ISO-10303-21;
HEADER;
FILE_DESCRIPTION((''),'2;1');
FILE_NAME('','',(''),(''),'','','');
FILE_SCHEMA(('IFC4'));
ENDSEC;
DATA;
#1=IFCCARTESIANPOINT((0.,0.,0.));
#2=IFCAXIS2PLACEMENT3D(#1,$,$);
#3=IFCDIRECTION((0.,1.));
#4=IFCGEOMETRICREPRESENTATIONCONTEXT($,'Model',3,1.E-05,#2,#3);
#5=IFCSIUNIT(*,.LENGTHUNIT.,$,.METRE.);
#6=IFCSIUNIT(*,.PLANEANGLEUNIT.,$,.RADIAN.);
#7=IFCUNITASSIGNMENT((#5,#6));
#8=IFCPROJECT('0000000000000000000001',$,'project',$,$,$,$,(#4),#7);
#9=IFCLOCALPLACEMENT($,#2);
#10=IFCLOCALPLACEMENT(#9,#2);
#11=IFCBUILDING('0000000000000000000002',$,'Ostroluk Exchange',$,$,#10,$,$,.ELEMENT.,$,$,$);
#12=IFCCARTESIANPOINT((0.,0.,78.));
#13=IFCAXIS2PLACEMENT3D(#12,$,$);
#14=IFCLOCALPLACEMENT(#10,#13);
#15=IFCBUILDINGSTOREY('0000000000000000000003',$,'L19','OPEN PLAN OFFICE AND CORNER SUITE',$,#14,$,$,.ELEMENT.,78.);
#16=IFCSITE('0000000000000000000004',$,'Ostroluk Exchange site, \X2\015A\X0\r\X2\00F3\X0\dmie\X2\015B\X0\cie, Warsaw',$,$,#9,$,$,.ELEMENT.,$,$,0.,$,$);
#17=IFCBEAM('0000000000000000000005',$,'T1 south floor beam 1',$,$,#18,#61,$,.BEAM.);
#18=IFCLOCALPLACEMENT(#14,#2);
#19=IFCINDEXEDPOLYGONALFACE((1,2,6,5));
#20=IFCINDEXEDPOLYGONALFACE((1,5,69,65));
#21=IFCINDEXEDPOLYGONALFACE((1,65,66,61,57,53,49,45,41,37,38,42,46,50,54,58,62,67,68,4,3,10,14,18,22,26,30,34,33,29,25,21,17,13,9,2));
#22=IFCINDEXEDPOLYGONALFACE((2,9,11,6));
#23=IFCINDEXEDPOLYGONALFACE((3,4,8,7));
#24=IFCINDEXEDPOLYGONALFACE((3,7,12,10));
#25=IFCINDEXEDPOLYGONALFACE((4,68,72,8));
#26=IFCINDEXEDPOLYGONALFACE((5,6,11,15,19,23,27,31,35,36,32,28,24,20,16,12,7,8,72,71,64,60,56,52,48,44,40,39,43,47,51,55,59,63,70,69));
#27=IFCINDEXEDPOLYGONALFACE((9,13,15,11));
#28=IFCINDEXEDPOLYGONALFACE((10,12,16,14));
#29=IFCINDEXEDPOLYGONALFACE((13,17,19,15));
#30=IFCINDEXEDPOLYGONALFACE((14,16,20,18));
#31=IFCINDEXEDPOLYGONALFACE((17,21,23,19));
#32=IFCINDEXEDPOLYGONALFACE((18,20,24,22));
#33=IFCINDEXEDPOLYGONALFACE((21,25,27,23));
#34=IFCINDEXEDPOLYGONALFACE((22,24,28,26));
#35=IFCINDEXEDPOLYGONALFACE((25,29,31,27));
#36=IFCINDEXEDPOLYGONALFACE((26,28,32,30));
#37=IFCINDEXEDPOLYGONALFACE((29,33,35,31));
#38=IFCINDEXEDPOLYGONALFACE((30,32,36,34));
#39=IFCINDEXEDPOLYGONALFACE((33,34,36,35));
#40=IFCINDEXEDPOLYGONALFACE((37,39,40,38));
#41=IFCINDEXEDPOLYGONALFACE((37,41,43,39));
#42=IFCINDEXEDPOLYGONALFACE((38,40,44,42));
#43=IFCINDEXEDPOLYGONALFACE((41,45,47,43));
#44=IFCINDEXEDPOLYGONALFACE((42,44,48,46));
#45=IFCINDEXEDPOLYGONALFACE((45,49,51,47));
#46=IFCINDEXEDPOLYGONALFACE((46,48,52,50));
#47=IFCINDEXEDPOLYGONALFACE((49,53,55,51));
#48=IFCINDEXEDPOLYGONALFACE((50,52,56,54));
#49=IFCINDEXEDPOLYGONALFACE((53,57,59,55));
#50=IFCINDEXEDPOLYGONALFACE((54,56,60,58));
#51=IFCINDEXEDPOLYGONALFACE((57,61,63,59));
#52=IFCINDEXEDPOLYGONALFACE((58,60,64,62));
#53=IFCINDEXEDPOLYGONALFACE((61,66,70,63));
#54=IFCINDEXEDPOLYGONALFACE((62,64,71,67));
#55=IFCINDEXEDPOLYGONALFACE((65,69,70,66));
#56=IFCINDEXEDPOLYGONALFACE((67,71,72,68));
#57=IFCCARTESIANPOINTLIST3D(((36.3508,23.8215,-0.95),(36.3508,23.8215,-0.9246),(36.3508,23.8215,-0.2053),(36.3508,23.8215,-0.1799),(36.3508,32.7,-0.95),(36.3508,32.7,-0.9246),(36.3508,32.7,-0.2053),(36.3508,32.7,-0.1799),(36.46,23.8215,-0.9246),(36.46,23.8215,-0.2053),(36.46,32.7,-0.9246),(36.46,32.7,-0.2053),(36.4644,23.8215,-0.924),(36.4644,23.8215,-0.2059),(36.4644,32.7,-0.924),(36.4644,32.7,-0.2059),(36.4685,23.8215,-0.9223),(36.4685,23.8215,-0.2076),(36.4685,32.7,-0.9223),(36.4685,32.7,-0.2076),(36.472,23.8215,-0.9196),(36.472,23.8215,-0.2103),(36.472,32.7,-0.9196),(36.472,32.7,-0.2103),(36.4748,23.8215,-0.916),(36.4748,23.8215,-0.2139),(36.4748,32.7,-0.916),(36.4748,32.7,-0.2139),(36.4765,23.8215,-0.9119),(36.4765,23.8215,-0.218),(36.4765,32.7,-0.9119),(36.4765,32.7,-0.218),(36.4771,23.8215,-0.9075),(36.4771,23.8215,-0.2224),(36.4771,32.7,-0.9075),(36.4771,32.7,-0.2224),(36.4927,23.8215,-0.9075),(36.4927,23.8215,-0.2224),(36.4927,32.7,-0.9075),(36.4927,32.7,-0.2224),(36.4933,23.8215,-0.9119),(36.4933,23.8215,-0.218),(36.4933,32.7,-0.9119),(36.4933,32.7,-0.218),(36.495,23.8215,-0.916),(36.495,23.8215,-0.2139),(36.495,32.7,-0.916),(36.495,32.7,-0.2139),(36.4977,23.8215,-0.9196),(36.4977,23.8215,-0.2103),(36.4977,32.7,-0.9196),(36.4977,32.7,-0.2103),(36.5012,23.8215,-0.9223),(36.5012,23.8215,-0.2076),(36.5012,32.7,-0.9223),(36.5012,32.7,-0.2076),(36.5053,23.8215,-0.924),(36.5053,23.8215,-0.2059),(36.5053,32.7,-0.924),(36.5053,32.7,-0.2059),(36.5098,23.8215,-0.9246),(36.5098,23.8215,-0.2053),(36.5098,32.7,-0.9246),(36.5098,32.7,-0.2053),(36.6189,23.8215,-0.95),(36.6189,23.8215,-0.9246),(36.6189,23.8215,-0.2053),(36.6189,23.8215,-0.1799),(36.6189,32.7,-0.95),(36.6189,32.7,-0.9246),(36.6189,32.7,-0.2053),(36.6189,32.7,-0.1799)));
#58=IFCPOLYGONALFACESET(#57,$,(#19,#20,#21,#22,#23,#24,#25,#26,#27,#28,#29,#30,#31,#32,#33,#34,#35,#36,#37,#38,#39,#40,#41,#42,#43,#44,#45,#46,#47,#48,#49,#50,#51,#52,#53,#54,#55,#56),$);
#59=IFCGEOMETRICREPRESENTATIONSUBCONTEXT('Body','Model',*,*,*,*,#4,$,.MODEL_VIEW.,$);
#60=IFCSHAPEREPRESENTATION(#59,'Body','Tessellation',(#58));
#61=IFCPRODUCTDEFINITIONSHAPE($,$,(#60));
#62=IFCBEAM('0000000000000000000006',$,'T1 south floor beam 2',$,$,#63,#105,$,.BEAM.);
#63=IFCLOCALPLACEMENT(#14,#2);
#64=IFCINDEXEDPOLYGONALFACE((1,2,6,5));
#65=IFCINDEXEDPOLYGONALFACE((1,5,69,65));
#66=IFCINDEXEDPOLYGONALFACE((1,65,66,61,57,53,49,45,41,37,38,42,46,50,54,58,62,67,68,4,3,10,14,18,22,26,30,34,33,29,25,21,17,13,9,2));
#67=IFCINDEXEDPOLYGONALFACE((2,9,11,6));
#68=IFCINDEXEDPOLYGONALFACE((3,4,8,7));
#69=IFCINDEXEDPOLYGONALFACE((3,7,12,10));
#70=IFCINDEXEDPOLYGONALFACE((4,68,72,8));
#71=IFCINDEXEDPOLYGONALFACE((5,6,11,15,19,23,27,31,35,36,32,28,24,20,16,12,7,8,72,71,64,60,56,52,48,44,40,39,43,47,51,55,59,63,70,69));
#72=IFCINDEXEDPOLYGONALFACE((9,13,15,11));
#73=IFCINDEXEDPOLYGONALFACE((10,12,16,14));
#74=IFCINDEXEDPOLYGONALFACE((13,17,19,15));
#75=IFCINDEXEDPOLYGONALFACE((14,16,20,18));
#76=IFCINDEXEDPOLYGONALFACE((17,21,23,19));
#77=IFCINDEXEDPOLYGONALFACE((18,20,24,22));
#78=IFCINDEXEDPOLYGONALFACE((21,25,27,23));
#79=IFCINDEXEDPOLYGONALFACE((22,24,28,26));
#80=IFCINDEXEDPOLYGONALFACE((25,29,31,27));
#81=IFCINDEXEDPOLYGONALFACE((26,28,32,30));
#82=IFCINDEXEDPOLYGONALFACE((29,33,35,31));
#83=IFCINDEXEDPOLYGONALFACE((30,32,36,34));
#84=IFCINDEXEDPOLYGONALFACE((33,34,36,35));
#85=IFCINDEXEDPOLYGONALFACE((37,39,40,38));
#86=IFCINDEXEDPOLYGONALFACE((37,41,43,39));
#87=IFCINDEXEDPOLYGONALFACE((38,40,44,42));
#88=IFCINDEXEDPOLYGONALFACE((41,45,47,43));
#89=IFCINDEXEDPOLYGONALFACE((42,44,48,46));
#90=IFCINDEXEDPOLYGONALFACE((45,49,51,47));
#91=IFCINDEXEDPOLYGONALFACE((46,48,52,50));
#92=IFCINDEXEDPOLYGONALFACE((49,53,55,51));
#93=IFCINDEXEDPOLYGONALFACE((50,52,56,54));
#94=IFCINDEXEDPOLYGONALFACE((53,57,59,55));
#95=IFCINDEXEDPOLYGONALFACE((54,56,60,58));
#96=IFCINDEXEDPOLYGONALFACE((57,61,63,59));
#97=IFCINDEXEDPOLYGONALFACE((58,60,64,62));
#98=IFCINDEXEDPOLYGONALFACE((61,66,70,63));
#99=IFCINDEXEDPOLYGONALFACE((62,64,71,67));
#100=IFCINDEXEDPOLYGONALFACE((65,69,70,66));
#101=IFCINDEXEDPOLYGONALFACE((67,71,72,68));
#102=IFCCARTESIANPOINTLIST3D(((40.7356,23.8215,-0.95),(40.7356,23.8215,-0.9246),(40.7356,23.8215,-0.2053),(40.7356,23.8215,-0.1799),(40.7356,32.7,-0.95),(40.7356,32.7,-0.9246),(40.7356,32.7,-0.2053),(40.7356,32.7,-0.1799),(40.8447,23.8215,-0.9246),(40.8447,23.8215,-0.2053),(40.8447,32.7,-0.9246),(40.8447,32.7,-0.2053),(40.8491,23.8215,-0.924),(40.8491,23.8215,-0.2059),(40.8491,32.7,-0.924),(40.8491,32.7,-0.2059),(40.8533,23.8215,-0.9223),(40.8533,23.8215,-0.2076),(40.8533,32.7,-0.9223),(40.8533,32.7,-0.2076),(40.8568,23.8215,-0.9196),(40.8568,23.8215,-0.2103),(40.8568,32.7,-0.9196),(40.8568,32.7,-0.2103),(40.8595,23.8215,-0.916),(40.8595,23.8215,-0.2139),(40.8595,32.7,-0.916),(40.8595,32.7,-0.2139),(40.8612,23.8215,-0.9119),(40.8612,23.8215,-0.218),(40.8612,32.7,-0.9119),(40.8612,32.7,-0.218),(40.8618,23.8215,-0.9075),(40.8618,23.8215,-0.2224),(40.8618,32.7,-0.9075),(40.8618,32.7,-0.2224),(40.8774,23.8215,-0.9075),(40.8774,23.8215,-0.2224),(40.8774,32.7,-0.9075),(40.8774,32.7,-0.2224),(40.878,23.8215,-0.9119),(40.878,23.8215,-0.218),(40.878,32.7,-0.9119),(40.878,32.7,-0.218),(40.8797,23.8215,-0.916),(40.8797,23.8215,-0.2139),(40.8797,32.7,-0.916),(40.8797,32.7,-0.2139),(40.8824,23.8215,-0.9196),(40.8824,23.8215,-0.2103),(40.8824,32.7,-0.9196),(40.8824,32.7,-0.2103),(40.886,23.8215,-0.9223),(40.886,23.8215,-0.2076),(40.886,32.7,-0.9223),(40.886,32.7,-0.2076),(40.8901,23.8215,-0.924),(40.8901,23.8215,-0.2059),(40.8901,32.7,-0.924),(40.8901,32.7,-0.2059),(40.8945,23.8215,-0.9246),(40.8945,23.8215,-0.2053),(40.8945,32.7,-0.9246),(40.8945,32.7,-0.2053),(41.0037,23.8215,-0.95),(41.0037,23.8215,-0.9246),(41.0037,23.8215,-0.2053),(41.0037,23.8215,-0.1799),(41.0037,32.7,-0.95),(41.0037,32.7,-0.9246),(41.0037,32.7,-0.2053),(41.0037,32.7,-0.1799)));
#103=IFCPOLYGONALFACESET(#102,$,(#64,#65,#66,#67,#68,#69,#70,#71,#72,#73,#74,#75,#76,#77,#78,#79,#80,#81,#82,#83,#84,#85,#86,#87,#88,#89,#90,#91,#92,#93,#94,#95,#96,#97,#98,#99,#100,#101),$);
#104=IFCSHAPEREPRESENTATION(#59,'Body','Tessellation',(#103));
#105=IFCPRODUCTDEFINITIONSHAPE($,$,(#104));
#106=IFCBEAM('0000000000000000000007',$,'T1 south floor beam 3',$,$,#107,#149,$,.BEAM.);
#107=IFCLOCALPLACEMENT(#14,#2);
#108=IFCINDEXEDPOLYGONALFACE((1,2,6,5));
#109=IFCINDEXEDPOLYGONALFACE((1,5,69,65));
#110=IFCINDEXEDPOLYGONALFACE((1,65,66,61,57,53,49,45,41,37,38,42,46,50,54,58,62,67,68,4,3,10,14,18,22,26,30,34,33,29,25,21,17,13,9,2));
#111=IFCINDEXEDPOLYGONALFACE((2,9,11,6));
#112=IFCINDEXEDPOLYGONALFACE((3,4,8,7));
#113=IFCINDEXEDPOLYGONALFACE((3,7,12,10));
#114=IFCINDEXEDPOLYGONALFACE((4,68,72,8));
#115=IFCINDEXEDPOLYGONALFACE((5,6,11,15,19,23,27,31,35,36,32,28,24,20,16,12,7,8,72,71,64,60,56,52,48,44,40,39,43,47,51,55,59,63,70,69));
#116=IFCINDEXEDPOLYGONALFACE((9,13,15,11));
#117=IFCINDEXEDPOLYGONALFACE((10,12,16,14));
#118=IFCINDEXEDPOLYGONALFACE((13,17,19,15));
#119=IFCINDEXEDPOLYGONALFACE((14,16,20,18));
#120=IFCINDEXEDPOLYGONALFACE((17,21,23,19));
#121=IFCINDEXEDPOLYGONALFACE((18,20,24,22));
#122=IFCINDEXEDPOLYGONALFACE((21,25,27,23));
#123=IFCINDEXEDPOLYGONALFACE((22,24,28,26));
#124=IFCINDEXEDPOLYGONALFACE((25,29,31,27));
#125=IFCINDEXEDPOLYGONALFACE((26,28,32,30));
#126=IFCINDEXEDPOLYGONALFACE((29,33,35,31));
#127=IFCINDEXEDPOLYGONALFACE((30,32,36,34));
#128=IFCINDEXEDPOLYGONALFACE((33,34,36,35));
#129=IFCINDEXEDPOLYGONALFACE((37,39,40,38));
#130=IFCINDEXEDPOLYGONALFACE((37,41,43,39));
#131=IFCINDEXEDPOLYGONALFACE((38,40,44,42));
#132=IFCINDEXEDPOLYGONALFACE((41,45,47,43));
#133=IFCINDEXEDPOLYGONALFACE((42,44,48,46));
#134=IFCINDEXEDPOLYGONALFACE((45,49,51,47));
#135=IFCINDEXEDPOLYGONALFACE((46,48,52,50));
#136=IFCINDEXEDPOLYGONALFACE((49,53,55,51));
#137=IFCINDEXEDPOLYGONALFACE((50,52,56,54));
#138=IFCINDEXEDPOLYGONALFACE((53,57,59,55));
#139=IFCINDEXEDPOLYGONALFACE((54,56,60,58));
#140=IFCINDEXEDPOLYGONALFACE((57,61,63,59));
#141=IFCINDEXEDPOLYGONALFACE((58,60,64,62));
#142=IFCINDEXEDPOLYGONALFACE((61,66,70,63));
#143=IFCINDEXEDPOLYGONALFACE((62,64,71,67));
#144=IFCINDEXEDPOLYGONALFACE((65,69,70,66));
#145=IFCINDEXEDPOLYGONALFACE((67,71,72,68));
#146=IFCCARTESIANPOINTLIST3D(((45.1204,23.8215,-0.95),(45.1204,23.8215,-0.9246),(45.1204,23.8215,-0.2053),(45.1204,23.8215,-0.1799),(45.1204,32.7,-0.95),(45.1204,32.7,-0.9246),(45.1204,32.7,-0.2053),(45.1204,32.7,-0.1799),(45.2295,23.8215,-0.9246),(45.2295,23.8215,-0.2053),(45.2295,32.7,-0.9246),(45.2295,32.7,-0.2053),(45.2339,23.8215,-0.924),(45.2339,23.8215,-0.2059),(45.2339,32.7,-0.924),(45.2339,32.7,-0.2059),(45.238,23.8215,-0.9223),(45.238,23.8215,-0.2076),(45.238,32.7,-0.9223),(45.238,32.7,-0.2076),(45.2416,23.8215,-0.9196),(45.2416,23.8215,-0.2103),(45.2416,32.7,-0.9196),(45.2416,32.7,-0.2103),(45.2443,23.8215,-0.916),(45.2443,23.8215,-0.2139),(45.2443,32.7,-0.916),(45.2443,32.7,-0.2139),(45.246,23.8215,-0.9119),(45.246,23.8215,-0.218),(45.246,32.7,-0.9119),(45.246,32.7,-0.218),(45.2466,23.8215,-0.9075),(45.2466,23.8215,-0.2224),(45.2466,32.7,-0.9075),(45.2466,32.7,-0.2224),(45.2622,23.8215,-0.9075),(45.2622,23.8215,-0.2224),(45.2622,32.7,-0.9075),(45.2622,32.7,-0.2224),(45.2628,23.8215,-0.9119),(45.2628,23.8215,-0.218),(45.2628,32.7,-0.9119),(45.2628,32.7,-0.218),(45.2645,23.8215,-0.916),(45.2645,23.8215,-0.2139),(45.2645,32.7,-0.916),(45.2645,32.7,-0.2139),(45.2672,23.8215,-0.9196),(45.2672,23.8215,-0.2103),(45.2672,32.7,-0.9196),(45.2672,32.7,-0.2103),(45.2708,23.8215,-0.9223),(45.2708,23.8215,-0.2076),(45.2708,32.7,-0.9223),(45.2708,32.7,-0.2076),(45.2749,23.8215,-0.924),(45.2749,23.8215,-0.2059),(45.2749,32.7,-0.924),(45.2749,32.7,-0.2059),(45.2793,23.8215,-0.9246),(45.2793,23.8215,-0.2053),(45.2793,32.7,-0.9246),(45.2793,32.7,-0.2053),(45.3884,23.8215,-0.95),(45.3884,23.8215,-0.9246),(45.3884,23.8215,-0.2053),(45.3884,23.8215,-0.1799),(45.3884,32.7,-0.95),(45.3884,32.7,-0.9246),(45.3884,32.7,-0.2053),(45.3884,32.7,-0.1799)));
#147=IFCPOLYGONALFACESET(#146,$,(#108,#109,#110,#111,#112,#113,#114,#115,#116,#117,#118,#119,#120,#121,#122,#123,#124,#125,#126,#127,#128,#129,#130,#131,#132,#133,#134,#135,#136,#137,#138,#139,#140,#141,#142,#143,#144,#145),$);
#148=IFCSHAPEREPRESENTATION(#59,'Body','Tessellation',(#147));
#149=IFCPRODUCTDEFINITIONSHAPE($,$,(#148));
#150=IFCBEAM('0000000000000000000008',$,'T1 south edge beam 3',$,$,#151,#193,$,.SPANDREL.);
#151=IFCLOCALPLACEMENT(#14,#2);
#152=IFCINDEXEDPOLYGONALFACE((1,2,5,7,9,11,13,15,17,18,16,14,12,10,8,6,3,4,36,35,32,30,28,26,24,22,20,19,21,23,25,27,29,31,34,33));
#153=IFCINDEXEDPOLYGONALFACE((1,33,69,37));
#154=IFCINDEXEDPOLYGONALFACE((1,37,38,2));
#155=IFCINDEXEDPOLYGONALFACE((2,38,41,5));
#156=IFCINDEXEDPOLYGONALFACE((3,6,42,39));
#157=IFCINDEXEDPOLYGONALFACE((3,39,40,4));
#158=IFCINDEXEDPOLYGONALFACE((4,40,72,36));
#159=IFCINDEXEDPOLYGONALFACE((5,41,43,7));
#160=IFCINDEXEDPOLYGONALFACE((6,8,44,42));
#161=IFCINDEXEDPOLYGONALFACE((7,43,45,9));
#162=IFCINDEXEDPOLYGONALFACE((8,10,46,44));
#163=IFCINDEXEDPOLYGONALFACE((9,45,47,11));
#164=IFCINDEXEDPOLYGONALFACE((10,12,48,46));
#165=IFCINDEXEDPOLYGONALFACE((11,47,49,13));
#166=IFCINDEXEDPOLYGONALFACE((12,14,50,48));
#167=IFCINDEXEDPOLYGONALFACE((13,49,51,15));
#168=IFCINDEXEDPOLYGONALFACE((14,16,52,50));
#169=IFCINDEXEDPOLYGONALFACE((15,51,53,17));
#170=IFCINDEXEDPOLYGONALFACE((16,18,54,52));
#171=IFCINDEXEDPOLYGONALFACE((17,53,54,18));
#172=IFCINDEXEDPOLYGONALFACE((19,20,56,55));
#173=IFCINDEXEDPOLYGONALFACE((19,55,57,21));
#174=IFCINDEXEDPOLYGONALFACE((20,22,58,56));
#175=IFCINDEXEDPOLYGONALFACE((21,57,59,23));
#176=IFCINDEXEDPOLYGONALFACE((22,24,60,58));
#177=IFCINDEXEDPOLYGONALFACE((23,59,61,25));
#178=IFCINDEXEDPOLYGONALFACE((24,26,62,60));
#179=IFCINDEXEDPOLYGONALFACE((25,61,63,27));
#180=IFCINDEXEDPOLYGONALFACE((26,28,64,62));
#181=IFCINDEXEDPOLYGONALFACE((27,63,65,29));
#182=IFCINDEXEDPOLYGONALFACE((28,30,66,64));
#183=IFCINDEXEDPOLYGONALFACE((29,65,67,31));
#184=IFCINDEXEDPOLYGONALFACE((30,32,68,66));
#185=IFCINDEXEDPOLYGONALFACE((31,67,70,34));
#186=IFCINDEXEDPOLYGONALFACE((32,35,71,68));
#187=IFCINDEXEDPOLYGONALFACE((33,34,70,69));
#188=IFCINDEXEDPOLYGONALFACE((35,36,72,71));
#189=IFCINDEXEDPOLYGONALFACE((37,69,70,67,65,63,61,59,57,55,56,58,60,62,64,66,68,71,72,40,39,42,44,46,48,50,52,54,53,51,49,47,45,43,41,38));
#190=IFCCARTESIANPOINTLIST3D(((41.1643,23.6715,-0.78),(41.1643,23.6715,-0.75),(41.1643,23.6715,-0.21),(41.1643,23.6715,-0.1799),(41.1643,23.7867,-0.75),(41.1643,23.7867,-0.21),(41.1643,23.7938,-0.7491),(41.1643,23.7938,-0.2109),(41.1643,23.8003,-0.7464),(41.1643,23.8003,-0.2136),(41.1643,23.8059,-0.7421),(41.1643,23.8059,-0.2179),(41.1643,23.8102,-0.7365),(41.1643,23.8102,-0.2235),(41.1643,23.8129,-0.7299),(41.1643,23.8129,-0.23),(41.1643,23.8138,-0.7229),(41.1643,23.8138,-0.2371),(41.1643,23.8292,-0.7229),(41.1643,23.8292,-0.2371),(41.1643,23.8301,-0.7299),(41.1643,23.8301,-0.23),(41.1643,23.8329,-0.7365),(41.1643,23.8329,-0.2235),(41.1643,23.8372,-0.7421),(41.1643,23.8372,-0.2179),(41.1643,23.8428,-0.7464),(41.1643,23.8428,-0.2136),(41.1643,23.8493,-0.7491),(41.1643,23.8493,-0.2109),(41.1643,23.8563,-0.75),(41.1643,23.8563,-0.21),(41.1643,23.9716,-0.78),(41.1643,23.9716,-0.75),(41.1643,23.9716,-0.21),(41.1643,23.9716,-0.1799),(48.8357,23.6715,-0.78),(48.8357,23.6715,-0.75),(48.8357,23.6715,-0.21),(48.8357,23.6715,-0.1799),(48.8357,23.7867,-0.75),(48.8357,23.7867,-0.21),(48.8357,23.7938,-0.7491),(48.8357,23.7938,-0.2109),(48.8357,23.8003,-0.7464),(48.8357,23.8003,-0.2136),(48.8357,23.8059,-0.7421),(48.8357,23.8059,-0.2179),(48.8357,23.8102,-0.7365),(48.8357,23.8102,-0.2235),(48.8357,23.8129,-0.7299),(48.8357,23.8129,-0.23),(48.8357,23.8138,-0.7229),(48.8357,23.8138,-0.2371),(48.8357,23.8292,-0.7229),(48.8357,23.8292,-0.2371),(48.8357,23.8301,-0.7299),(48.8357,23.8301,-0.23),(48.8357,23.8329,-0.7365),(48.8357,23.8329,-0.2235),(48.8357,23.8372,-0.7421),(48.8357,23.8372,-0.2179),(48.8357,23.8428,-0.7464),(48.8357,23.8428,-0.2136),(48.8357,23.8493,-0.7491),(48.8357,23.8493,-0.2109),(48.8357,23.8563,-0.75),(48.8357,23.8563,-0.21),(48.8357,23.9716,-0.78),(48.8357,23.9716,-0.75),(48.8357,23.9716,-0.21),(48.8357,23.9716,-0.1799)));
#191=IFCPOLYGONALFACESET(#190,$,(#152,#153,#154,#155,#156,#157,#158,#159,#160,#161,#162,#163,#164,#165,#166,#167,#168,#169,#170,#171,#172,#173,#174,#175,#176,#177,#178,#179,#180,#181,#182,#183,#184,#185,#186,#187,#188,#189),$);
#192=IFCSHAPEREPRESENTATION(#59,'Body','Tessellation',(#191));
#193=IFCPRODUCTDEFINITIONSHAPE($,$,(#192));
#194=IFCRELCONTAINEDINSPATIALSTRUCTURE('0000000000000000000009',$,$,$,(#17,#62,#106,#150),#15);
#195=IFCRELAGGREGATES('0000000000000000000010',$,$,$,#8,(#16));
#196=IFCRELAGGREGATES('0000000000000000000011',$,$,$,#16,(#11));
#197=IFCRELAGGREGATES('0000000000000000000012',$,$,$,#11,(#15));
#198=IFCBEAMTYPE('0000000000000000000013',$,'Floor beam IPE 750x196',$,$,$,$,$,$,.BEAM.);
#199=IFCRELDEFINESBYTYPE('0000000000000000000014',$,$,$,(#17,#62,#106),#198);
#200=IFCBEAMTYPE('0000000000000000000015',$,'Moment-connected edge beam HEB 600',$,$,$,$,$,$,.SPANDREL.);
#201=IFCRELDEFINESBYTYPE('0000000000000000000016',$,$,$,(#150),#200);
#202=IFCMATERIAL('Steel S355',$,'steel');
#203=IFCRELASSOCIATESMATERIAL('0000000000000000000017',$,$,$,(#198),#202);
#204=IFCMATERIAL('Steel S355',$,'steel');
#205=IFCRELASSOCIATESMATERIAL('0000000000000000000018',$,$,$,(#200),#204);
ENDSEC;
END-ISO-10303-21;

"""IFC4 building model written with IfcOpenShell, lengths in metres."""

from ifc_helpers import new_model, si_unit, direction, frame, origin, origin_2d, place, context, subcontext, project, spatial, i_section, extrude, material, material_profile, profile_set, type_object, element, save


model = new_model("IFC4")

# Units and contexts
model_context = context("Model", 3, precision=1e-05, world=origin(), true_north=direction((0.0, 1.0)))
body_context = subcontext(model_context, "Body", "Model", "MODEL_VIEW")
ifc_project = project(units=[si_unit("LENGTHUNIT", "METRE"), si_unit("PLANEANGLEUNIT", "RADIAN")], contexts=[model_context])

# Site, building, storey
site_placement = place(None, origin())
site = spatial("IfcSite", under=ifc_project, at=site_placement, Name="Ostroluk Exchange site, Śródmieście, Warsaw", CompositionType="ELEMENT", RefElevation=0.0)
building_placement = place(site_placement, origin())
building = spatial("IfcBuilding", under=site, at=building_placement, Name="Ostroluk Exchange", CompositionType="ELEMENT")
storey_placement = place(building_placement, frame((0.0, 0.0, 78.0)))
storey = spatial("IfcBuildingStorey", under=building, at=storey_placement, Name="L19", Description="OPEN PLAN OFFICE AND CORNER SUITE", CompositionType="ELEMENT", Elevation=78.0)

# Beams
ifc_material_1 = material(Name="Steel S355", Category="steel")
ifc_material_profile_1 = material_profile(ifc_material_1, i_section(OverallWidth=0.2681, OverallDepth=0.77, WebThickness=0.0156, FlangeThickness=0.0254, FilletRadius=0.0171, at=origin_2d()), Name="IPE 750x196")
ifc_profile_set_1 = profile_set([ifc_material_profile_1], Name="Steel S355")
beam_type_1 = type_object("IfcBeamType", Name="Floor beam IPE 750x196", PredefinedType="BEAM", material=ifc_profile_set_1)
for number, where, z_axis, x_axis, name in (
    (1, (36.4849, 32.7, -0.5649), (0.0, -1.0, 0.0), (1.0, 0.0, 0.0), "T1 south floor beam 1"),
    (2, (40.8696, 32.7, -0.5649), (0.0, -1.0, 0.0), (1.0, 0.0, 0.0), "T1 south floor beam 2"),
    (3, (45.2544, 32.7, -0.5649), (0.0, -1.0, 0.0), (1.0, 0.0, 0.0), "T1 south floor beam 3"),
):
    element("IfcBeam", number, at=place(storey_placement, frame(where, z_axis=z_axis, x_axis=x_axis)), inside=storey, type_object=beam_type_1, Name=name, PredefinedType="BEAM", context=body_context, shape_type="SweptSolid", body=[
        extrude(i_section(OverallWidth=0.2681, OverallDepth=0.77, WebThickness=0.0156, FlangeThickness=0.0254, FilletRadius=0.0171, at=origin_2d()), origin(), (0.0, 0.0, 1.0), 8.8784),
    ])
ifc_material_2 = material(Name="Steel S355", Category="steel")
ifc_material_profile_2 = material_profile(ifc_material_2, i_section(OverallWidth=0.3, OverallDepth=0.6001, WebThickness=0.0154, FlangeThickness=0.03, FilletRadius=0.0271, at=origin_2d()), Name="HEB 600")
ifc_profile_set_2 = profile_set([ifc_material_profile_2], Name="Steel S355")
beam_type_2 = type_object("IfcBeamType", Name="Moment-connected edge beam HEB 600", PredefinedType="SPANDREL", material=ifc_profile_set_2)
for number, where, z_axis, x_axis, name in (
    (4, (41.1643, 23.8215, -0.48), (1.0, 0.0, 0.0), (0.0, 1.0, 0.0), "T1 south edge beam 3"),
):
    element("IfcBeam", number, at=place(storey_placement, frame(where, z_axis=z_axis, x_axis=x_axis)), inside=storey, type_object=beam_type_2, Name=name, PredefinedType="SPANDREL", context=body_context, shape_type="SweptSolid", body=[
        extrude(i_section(OverallWidth=0.3, OverallDepth=0.6001, WebThickness=0.0154, FlangeThickness=0.03, FilletRadius=0.0271, at=origin_2d()), origin(), (0.0, 0.0, 1.0), 7.6714),
    ])

save(model, "model.ifc")
